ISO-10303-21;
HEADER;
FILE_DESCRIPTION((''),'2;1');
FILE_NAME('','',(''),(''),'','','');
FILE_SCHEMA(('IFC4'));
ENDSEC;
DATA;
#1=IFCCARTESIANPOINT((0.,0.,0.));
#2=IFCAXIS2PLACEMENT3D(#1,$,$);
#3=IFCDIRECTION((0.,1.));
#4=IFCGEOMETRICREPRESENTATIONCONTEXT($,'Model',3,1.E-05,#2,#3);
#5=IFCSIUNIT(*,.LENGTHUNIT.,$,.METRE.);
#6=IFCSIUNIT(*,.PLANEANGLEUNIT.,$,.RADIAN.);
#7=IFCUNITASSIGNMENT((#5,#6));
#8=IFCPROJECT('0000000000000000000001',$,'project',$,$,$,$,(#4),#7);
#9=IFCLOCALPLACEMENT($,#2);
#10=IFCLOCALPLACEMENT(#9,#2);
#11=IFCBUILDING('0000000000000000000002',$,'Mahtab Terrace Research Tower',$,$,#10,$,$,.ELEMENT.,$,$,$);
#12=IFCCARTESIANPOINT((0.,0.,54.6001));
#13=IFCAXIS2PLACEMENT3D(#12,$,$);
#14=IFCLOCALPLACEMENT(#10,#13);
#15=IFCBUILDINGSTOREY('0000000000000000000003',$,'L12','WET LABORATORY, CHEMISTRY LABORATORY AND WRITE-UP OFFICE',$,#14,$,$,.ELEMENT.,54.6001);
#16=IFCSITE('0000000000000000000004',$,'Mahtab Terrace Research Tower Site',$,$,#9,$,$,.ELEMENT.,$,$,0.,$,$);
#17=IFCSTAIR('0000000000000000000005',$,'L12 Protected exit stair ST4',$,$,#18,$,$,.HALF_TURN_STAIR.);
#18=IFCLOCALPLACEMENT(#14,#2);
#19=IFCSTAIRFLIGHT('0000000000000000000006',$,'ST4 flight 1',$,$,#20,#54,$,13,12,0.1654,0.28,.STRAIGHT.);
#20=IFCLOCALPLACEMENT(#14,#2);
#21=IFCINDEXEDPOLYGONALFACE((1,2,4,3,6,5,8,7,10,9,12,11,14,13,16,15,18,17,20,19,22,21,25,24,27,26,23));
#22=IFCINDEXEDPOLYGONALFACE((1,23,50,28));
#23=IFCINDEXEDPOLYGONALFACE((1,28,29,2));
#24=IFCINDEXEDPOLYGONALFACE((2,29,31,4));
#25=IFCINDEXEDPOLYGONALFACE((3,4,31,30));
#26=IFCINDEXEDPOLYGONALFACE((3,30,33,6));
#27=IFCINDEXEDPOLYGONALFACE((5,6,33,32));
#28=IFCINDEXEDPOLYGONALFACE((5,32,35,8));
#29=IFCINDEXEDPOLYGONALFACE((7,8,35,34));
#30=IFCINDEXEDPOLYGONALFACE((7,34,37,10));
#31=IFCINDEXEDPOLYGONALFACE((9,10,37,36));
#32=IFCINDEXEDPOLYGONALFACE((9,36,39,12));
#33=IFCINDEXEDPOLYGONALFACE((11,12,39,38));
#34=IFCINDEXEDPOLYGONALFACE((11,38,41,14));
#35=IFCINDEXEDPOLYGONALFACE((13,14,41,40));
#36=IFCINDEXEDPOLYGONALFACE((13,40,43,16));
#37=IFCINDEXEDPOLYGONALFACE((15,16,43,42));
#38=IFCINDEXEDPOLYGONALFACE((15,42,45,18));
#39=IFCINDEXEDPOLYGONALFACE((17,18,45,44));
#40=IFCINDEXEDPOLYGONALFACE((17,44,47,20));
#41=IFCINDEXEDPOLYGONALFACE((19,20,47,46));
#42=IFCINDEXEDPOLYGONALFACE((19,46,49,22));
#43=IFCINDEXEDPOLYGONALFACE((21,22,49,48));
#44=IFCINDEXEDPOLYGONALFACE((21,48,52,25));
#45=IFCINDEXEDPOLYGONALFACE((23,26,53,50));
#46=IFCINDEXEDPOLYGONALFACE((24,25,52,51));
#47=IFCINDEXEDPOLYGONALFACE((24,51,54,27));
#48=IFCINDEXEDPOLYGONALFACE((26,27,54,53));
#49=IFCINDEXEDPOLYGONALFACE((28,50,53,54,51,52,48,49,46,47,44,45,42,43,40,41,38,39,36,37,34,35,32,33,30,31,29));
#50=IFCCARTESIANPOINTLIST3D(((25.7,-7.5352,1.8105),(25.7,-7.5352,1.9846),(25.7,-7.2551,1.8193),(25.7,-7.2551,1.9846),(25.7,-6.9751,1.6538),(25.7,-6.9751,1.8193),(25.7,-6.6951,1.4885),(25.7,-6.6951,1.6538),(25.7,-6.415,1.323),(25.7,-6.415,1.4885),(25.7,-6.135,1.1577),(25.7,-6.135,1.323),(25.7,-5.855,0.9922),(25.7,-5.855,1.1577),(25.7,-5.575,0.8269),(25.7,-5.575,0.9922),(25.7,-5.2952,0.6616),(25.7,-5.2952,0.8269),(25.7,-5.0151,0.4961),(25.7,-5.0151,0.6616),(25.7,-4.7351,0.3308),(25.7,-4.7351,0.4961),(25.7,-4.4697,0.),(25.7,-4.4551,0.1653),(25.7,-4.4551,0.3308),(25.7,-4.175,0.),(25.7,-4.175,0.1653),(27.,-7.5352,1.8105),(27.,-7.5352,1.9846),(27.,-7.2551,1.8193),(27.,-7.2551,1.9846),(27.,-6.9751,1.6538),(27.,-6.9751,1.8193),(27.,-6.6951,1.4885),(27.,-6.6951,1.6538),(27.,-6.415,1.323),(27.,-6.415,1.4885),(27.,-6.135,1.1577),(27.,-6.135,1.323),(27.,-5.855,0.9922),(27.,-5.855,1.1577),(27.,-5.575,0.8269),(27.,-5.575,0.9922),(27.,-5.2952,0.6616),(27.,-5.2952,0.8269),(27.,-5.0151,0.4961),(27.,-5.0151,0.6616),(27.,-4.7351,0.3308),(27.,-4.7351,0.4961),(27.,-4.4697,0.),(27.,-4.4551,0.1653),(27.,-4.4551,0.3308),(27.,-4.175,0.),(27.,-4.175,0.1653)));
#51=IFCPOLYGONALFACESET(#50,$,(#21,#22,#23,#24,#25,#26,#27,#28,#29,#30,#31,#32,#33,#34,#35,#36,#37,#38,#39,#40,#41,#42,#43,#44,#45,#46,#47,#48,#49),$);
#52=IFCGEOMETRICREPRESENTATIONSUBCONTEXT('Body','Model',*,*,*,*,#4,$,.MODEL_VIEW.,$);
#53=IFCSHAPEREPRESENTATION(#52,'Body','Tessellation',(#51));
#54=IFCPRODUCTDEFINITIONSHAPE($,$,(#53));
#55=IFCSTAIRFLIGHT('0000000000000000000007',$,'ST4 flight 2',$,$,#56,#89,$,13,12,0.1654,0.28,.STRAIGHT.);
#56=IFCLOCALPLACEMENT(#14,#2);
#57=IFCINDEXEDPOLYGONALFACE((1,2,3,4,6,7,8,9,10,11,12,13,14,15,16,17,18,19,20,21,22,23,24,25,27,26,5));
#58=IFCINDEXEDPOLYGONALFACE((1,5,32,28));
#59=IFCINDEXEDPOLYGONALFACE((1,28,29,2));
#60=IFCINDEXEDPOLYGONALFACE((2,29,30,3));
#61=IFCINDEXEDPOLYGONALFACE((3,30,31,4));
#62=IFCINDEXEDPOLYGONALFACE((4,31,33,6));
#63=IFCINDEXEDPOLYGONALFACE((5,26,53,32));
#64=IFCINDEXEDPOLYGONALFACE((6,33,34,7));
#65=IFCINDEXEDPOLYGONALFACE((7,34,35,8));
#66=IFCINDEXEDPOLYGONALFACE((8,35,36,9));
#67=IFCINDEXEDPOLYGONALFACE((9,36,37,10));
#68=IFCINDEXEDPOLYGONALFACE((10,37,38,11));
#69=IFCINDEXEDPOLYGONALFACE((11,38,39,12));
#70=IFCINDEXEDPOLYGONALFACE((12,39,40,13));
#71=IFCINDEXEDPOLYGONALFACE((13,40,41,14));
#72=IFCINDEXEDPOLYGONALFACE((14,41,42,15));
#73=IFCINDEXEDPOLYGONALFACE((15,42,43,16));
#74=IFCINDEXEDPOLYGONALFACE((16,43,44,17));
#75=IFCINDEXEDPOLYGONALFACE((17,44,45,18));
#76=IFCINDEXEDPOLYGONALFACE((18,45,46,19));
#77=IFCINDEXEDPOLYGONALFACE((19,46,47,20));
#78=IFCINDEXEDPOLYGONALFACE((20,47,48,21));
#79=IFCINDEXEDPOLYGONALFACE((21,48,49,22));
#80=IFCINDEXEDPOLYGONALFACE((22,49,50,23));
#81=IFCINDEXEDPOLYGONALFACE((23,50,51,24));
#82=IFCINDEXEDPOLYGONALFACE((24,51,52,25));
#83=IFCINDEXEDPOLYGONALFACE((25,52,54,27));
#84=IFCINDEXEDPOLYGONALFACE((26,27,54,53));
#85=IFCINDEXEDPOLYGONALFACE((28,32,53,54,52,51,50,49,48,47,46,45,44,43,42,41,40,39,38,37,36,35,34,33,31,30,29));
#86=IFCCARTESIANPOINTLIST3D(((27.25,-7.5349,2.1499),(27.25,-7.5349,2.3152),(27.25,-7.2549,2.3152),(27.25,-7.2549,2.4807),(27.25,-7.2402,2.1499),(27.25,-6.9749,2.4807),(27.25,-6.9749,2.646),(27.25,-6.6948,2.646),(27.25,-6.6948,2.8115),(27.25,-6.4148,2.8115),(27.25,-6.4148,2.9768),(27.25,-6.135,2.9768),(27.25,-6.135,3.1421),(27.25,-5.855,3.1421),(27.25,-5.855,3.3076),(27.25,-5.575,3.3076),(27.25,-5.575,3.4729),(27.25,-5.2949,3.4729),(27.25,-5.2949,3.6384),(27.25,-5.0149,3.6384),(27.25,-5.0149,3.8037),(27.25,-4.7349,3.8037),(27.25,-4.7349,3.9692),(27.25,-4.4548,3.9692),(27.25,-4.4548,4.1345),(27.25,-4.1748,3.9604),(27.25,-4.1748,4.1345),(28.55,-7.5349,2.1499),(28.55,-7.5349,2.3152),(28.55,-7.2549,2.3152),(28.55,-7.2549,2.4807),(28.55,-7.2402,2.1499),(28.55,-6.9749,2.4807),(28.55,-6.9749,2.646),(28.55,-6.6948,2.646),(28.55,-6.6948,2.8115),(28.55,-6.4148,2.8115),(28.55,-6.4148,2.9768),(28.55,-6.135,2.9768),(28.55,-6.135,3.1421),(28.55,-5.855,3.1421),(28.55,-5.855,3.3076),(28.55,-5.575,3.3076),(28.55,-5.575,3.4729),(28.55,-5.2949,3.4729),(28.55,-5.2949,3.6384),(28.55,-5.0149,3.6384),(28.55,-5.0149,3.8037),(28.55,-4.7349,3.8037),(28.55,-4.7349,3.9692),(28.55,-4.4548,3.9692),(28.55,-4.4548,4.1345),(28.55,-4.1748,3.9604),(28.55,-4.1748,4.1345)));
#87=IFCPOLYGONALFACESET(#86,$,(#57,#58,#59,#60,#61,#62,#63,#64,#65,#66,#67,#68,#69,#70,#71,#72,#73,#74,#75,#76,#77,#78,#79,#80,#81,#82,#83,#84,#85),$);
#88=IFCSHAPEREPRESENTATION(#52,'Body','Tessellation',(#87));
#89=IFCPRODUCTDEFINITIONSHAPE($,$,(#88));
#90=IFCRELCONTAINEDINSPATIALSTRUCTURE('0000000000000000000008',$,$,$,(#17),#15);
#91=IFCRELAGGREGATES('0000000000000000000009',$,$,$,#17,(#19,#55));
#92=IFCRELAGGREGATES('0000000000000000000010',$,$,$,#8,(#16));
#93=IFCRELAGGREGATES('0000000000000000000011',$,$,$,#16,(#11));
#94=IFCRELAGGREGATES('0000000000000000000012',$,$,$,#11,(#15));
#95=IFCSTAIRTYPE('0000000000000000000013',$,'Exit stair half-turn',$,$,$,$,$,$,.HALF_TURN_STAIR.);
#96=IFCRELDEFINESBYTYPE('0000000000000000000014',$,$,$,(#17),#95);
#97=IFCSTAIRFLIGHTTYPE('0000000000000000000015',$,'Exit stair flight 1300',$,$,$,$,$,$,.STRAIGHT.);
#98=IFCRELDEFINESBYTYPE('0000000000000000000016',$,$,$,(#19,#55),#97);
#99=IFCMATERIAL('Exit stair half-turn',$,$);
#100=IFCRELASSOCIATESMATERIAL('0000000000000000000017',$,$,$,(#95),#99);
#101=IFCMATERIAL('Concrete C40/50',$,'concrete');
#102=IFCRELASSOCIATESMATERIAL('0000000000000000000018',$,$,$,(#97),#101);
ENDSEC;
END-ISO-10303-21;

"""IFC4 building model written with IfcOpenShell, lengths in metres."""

from ifc_helpers import new_model, si_unit, direction, frame, origin, place, context, subcontext, project, spatial, polyline, outline, extrude, material, type_object, element, aggregate, save


model = new_model("IFC4")

# Units and contexts
model_context = context("Model", 3, precision=1e-05, world=origin(), true_north=direction((0.0, 1.0)))
body_context = subcontext(model_context, "Body", "Model", "MODEL_VIEW")
ifc_project = project(units=[si_unit("LENGTHUNIT", "METRE"), si_unit("PLANEANGLEUNIT", "RADIAN")], contexts=[model_context])

# Site, building, storey
site_placement = place(None, origin())
site = spatial("IfcSite", under=ifc_project, at=site_placement, Name="Mahtab Terrace Research Tower Site", CompositionType="ELEMENT", RefElevation=0.0)
building_placement = place(site_placement, origin())
building = spatial("IfcBuilding", under=site, at=building_placement, Name="Mahtab Terrace Research Tower", CompositionType="ELEMENT")
storey_placement = place(building_placement, frame((0.0, 0.0, 54.6001)))
storey = spatial("IfcBuildingStorey", under=building, at=storey_placement, Name="L12", Description="WET LABORATORY, CHEMISTRY LABORATORY AND WRITE-UP OFFICE", CompositionType="ELEMENT", Elevation=54.6001)

# Stair, stair flights
ifc_material_1 = material(Name="Exit stair half-turn")
stair_type = type_object("IfcStairType", Name="Exit stair half-turn", PredefinedType="HALF_TURN_STAIR", material=ifc_material_1)
stair_placement = place(storey_placement, origin())
stair = element("IfcStair", 1, at=stair_placement, inside=storey, type_object=stair_type, Name="L12 Protected exit stair ST4", PredefinedType="HALF_TURN_STAIR")
ifc_material_2 = material(Name="Concrete C40/50", Category="concrete")
stair_flight_type = type_object("IfcStairFlightType", Name="Exit stair flight 1300", PredefinedType="STRAIGHT", material=ifc_material_2)
stair_flight_1_placement = place(storey_placement, frame((26.3501, -4.175, 0.0), z_axis=(0.0, 0.0, 1.0), x_axis=(0.0, -1.0, 0.0)))
stair_flight_1 = element("IfcStairFlight", 2, at=stair_flight_1_placement, type_object=stair_flight_type, Name="ST4 flight 1", NumberOfRisers=13, NumberOfTreads=12, PredefinedType="STRAIGHT", RiserHeight=0.1654, TreadLength=0.28, context=body_context, shape_type="SweptSolid", body=[
    extrude(outline(polyline([(0.0, 0.0), (0.0, 0.1653), (0.28, 0.1653), (0.28, 0.3308), (0.5601, 0.3308), (0.5601, 0.4961), (0.8401, 0.4961), (0.8401, 0.6616), (1.1201, 0.6616), (1.1201, 0.8269), (1.3999, 0.8269), (1.3999, 0.9922), (1.6799, 0.9922), (1.6799, 1.1577), (1.96, 1.1577), (1.96, 1.323), (2.24, 1.323), (2.24, 1.4885), (2.52, 1.4885), (2.52, 1.6538), (2.8, 1.6538), (2.8, 1.8193), (3.0801, 1.8193), (3.0801, 1.9846), (3.3601, 1.9846), (3.3601, 2.1499), (3.3601, 1.8105), (0.2947, 0.0), (0.0, 0.0)])), frame((0.0, 0.6499, 0.0), z_axis=(0.0, -1.0, 0.0), x_axis=(1.0, 0.0, 0.0)), (0.0, 0.0, 1.0), 1.3),
])
stair_flight_2_placement = place(storey_placement, frame((27.8999, -7.5349, 2.1499), z_axis=(0.0, 0.0, 1.0), x_axis=(0.0, 1.0, 0.0)))
stair_flight_2 = element("IfcStairFlight", 3, at=stair_flight_2_placement, type_object=stair_flight_type, Name="ST4 flight 2", NumberOfRisers=13, NumberOfTreads=12, PredefinedType="STRAIGHT", RiserHeight=0.1654, TreadLength=0.28, context=body_context, shape_type="SweptSolid", body=[
    extrude(outline(polyline([(0.0, 0.0), (0.0, 0.1653), (0.28, 0.1653), (0.28, 0.3308), (0.5601, 0.3308), (0.5601, 0.4961), (0.8401, 0.4961), (0.8401, 0.6616), (1.1201, 0.6616), (1.1201, 0.8269), (1.3999, 0.8269), (1.3999, 0.9922), (1.6799, 0.9922), (1.6799, 1.1577), (1.96, 1.1577), (1.96, 1.323), (2.24, 1.323), (2.24, 1.4885), (2.52, 1.4885), (2.52, 1.6538), (2.8, 1.6538), (2.8, 1.8193), (3.0801, 1.8193), (3.0801, 1.9846), (3.3601, 1.9846), (3.3601, 2.1499), (3.3601, 1.8105), (0.2947, 0.0), (0.0, 0.0)])), frame((0.0, 0.6499, 0.0), z_axis=(0.0, -1.0, 0.0), x_axis=(1.0, 0.0, 0.0)), (0.0, 0.0, 1.0), 1.3),
])
aggregate(stair, [stair_flight_1, stair_flight_2])

save(model, "model.ifc")
